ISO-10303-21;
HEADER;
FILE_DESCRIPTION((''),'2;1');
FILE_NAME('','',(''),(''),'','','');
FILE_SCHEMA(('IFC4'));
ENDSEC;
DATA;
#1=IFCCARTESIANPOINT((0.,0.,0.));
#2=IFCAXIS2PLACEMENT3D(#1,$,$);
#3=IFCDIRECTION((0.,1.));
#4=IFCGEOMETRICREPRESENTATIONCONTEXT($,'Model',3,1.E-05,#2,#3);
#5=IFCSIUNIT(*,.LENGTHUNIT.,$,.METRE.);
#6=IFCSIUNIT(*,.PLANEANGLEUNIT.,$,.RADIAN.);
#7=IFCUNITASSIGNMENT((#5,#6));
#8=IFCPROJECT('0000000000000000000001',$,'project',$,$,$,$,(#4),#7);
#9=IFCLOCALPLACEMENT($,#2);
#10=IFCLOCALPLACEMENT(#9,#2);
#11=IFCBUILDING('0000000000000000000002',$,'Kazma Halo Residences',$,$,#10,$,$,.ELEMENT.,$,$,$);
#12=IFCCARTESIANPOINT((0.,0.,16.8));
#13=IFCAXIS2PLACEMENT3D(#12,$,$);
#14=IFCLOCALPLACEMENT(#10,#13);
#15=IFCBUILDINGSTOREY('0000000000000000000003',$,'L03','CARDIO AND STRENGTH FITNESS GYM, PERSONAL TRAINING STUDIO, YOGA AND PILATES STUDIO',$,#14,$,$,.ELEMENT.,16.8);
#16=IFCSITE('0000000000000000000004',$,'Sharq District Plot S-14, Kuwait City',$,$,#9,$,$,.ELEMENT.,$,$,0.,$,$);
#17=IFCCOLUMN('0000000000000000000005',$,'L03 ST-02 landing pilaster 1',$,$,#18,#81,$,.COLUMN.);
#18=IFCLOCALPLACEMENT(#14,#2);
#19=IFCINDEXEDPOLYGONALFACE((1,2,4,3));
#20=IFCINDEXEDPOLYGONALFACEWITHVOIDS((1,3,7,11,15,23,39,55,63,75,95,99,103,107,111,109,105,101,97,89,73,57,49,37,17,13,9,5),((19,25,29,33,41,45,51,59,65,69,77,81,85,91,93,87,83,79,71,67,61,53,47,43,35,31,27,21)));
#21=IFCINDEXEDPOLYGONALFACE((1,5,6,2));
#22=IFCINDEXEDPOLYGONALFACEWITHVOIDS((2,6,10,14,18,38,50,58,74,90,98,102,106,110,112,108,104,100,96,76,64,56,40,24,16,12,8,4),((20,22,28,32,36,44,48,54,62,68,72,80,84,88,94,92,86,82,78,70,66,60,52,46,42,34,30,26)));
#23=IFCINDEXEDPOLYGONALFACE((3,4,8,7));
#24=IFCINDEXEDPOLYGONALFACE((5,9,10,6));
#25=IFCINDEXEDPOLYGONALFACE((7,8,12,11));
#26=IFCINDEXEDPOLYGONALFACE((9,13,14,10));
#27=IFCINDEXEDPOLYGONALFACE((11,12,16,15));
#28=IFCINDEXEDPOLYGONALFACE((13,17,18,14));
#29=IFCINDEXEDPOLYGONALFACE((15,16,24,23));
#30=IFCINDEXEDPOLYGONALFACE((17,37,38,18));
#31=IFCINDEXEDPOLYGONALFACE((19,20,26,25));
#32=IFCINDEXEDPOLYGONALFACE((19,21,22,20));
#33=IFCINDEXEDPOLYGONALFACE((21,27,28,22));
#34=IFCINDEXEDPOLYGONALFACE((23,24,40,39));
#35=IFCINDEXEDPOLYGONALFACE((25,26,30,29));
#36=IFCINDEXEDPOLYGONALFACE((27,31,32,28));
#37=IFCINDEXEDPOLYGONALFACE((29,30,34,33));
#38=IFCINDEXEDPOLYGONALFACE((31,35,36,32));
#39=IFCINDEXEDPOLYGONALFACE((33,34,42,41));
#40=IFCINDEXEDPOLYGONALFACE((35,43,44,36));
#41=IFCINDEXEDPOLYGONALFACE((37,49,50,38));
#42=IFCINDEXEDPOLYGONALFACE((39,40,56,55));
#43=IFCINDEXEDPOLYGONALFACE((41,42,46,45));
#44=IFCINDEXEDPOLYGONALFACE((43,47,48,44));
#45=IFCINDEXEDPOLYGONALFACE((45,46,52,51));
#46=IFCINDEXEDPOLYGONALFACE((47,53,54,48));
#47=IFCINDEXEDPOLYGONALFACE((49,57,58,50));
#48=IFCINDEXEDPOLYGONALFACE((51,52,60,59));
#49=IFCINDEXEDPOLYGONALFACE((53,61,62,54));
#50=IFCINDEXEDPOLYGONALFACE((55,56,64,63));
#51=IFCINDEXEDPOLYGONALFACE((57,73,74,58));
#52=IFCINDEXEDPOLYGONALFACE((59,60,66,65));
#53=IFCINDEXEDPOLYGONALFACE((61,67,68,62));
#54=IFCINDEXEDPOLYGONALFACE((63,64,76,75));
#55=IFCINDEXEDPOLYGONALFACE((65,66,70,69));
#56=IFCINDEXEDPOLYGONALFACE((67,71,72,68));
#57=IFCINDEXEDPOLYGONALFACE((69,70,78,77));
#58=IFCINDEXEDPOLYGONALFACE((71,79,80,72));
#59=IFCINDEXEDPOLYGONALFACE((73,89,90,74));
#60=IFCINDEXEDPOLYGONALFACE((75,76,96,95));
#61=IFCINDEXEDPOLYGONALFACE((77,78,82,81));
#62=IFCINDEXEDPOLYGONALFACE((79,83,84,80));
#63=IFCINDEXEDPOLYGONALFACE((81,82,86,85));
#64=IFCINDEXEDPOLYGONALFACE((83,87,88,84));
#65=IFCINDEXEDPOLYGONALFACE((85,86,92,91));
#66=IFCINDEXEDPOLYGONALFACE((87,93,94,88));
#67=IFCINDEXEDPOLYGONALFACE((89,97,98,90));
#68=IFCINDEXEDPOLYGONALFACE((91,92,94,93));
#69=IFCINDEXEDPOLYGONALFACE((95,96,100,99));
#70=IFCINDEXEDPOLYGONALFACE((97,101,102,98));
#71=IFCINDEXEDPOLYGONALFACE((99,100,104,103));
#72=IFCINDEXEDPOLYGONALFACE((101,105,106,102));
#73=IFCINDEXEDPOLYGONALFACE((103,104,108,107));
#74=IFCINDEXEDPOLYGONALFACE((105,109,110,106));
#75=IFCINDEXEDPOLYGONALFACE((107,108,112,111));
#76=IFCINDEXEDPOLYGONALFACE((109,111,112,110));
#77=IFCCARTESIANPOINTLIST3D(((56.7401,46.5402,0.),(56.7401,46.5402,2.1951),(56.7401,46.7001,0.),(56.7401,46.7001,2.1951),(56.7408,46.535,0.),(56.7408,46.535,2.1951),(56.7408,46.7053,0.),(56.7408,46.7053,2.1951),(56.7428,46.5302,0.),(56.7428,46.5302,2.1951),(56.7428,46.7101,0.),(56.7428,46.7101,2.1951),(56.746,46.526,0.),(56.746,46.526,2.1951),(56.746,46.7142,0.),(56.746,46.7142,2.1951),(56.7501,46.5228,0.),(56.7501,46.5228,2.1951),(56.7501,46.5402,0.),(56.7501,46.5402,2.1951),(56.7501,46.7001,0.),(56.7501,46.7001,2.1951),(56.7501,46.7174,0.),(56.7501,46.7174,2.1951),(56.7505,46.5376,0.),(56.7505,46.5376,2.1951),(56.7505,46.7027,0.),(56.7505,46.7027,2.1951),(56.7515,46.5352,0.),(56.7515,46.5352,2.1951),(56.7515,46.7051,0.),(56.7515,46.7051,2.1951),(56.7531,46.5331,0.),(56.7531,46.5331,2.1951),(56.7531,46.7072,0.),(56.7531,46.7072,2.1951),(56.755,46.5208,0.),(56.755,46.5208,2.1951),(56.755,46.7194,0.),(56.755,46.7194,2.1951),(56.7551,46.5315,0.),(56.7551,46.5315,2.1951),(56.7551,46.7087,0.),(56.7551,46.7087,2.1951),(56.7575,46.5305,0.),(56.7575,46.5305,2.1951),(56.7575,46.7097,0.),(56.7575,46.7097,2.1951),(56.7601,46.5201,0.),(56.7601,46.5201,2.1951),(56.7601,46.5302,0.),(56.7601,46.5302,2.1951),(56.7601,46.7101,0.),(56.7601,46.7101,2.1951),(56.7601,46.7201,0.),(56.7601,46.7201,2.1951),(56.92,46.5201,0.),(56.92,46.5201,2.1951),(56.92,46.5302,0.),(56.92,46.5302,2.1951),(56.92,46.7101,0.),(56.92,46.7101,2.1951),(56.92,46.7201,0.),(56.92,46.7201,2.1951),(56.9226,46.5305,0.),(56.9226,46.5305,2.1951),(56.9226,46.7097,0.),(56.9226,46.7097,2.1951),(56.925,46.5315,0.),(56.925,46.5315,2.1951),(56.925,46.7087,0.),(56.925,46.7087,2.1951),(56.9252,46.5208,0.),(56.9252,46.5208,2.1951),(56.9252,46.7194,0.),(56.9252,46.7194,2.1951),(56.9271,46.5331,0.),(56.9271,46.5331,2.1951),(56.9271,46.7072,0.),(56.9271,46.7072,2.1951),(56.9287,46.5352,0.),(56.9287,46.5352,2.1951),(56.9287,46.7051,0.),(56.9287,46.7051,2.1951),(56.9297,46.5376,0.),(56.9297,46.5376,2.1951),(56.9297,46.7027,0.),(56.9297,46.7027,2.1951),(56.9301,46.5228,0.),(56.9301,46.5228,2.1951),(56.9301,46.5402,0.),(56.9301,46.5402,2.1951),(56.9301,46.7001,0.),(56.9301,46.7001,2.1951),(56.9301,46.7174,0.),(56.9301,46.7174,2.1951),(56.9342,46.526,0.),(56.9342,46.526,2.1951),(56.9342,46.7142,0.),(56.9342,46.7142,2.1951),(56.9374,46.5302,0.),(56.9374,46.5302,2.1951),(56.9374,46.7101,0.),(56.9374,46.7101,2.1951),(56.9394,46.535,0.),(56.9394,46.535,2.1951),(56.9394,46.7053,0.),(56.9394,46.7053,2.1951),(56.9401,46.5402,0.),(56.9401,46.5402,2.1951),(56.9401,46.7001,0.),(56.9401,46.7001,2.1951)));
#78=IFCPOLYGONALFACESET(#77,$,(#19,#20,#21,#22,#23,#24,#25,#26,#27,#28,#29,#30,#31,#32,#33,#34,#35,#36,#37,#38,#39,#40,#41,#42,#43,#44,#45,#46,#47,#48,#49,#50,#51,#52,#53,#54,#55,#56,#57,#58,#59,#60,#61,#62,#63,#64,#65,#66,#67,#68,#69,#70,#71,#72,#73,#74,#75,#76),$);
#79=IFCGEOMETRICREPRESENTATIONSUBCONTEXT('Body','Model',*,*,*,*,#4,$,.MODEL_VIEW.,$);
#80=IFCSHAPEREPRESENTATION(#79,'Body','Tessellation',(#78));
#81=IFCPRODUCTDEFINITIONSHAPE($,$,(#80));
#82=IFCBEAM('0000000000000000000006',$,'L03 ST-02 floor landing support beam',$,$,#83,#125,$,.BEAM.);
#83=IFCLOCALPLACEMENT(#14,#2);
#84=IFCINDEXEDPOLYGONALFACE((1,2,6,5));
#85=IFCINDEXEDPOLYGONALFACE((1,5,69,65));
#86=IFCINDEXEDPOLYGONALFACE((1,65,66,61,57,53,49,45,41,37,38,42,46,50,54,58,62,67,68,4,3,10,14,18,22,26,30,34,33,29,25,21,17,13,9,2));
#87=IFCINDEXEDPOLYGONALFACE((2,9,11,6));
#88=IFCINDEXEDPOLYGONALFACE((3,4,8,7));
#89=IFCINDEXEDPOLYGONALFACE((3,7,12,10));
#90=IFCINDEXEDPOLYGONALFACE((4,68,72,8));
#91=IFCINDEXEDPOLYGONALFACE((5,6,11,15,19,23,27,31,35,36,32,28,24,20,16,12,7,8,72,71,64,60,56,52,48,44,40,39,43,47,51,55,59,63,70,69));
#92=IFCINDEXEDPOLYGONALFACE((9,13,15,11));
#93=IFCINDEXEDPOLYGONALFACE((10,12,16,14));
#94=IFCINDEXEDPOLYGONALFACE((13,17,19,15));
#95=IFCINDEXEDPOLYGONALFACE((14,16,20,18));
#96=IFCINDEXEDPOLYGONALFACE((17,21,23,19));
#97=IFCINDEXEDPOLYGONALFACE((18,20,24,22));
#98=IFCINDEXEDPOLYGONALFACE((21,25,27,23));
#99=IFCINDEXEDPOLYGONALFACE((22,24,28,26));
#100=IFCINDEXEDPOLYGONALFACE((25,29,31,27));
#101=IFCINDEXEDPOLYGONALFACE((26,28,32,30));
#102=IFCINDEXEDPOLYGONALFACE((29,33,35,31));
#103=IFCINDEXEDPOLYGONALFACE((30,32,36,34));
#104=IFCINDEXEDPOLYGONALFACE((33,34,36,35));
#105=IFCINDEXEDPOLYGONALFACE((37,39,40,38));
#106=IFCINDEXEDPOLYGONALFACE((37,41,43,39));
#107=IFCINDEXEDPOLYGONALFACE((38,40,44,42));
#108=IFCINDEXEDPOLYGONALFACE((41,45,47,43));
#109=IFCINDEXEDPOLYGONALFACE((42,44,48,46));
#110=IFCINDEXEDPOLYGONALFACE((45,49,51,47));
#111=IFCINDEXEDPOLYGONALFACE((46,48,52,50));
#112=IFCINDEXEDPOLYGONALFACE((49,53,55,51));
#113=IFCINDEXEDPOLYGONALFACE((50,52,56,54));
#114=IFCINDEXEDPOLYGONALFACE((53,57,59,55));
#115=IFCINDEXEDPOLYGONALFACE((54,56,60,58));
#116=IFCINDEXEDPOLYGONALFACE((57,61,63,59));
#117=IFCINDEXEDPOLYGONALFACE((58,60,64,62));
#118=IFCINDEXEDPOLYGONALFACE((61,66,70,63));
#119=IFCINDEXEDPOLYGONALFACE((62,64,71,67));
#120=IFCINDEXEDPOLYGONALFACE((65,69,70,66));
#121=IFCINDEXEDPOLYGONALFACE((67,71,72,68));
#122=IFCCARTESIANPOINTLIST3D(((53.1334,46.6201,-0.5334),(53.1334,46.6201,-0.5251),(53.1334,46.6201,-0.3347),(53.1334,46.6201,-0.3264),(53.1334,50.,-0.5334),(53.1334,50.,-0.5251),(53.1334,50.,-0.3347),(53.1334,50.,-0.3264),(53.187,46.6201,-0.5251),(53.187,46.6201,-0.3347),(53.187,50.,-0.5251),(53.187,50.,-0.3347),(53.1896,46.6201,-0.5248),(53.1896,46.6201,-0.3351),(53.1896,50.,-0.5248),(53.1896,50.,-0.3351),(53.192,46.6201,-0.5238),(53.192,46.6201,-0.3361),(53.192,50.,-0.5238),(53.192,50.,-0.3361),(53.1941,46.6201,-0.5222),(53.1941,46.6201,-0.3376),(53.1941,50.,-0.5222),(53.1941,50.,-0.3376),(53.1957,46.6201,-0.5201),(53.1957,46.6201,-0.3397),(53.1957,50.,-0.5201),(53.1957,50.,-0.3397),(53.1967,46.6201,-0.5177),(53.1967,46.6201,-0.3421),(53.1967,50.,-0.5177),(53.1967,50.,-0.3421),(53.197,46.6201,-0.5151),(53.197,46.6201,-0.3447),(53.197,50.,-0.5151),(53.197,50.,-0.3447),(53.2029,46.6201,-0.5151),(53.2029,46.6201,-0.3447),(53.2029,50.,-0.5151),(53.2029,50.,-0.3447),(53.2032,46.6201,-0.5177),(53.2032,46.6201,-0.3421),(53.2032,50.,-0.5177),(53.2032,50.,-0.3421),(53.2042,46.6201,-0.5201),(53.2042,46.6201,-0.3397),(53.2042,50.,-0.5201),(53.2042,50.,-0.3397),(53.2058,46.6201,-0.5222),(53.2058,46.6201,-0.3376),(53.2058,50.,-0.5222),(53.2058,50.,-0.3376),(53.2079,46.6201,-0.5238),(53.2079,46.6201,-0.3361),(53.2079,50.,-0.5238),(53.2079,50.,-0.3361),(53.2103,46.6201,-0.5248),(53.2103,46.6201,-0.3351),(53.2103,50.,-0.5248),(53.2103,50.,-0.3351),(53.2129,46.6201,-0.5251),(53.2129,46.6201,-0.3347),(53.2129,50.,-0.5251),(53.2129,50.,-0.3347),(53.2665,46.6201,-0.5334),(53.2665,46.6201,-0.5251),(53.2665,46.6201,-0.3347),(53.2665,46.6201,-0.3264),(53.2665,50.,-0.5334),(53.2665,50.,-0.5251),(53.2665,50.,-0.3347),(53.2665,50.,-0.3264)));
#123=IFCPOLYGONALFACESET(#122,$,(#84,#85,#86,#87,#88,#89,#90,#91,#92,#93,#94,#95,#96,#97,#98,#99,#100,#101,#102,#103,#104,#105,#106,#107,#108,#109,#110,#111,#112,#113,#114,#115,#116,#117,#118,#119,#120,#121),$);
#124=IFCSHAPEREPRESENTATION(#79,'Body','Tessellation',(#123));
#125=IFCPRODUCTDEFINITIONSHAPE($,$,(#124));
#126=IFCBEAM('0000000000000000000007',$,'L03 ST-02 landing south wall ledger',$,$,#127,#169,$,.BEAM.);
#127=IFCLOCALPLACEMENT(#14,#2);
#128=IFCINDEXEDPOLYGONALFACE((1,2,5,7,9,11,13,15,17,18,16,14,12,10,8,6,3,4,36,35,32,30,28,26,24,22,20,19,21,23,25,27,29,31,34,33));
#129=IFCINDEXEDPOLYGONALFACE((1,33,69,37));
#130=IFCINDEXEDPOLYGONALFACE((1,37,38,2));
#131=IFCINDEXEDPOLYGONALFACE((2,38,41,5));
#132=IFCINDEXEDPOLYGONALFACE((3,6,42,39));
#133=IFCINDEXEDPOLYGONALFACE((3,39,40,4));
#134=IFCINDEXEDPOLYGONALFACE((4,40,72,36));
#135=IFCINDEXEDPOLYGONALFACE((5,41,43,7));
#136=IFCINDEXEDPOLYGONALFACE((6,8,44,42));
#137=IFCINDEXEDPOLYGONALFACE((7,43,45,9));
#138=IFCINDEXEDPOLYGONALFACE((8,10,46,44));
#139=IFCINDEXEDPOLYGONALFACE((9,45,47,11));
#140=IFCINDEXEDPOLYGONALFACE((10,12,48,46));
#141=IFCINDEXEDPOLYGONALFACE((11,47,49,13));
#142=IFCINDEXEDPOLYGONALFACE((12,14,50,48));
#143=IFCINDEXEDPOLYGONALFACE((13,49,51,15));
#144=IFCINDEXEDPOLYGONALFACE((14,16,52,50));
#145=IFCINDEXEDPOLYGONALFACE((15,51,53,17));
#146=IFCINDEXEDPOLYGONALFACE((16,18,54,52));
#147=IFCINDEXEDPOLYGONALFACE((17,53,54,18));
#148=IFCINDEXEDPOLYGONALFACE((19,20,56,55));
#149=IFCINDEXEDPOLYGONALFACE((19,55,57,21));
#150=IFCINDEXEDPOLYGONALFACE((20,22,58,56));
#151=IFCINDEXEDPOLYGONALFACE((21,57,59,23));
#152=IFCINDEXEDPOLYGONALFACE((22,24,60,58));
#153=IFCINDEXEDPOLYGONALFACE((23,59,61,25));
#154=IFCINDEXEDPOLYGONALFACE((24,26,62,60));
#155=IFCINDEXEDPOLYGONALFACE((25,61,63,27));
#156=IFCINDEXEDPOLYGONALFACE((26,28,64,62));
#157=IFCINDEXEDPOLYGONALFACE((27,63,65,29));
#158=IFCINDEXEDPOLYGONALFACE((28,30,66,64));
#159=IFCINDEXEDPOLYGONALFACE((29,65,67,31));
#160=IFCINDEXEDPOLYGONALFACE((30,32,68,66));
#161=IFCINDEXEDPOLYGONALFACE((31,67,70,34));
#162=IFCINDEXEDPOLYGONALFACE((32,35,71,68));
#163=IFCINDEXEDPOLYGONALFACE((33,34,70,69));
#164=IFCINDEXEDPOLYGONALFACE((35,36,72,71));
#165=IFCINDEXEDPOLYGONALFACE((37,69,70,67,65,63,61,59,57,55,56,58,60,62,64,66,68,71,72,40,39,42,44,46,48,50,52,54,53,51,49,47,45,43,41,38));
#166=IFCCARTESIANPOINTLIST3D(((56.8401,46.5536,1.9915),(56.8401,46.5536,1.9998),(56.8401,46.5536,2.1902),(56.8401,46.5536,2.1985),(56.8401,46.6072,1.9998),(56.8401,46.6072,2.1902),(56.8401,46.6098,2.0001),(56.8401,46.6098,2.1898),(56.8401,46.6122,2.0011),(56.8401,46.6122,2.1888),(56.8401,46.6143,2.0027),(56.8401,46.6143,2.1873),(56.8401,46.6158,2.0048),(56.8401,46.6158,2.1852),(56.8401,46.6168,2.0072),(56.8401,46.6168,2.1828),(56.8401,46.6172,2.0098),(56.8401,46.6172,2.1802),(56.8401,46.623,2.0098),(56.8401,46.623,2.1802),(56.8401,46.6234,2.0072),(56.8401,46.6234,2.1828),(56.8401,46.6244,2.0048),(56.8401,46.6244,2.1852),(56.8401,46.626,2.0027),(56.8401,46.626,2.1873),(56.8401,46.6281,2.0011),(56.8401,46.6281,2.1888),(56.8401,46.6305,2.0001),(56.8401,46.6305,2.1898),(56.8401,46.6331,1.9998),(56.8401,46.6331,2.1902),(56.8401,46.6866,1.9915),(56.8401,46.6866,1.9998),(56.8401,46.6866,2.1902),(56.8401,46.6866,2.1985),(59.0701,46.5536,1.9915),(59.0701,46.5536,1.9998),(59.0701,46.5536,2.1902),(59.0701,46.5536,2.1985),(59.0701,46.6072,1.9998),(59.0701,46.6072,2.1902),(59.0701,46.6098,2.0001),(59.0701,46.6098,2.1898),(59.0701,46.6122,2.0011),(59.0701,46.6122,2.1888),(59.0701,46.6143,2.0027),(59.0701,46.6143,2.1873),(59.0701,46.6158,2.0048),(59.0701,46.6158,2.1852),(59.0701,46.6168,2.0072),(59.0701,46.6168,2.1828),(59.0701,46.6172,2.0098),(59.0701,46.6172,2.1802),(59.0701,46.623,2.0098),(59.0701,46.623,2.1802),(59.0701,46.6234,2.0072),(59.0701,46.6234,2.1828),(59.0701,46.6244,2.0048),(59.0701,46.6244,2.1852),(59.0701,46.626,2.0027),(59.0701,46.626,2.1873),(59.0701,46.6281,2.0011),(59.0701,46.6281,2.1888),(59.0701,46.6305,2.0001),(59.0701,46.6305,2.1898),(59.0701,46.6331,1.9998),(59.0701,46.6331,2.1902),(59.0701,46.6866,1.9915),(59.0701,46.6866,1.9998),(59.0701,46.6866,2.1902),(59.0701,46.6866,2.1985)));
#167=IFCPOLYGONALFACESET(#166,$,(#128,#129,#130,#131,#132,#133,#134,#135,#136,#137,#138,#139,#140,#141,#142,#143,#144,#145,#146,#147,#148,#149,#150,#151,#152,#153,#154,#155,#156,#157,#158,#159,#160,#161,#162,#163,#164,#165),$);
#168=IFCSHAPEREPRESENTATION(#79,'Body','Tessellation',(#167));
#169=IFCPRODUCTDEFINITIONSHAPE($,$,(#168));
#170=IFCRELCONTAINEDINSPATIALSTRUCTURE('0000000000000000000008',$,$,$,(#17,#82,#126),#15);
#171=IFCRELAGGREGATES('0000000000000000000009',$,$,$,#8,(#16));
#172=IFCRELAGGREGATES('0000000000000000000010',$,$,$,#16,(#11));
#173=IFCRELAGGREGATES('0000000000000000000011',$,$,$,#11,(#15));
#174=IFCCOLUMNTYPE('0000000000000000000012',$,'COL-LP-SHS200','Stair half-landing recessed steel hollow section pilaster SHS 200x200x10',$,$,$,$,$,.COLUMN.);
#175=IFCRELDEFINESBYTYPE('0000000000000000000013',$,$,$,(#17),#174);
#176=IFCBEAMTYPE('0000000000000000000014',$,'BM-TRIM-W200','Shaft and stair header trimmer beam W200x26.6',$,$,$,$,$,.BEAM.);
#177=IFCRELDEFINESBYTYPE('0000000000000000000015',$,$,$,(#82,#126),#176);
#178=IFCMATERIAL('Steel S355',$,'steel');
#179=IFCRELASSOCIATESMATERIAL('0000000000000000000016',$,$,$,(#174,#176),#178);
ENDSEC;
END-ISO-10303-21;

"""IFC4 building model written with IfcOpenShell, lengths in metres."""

from ifc_helpers import new_model, si_unit, direction, frame, origin, origin_2d, place, context, subcontext, project, spatial, hollow_rectangle, i_section, extrude, material, material_profile, profile_set, type_object, element, save


model = new_model("IFC4")

# Units and contexts
model_context = context("Model", 3, precision=1e-05, world=origin(), true_north=direction((0.0, 1.0)))
body_context = subcontext(model_context, "Body", "Model", "MODEL_VIEW")
ifc_project = project(units=[si_unit("LENGTHUNIT", "METRE"), si_unit("PLANEANGLEUNIT", "RADIAN")], contexts=[model_context])

# Site, building, storey
site_placement = place(None, origin())
site = spatial("IfcSite", under=ifc_project, at=site_placement, Name="Sharq District Plot S-14, Kuwait City", CompositionType="ELEMENT", RefElevation=0.0)
building_placement = place(site_placement, origin())
building = spatial("IfcBuilding", under=site, at=building_placement, Name="Kazma Halo Residences", CompositionType="ELEMENT")
storey_placement = place(building_placement, frame((0.0, 0.0, 16.8)))
storey = spatial("IfcBuildingStorey", under=building, at=storey_placement, Name="L03", Description="CARDIO AND STRENGTH FITNESS GYM, PERSONAL TRAINING STUDIO, YOGA AND PILATES STUDIO", CompositionType="ELEMENT", Elevation=16.8)

# Column
ifc_material_1 = material(Name="Steel S355", Category="steel")
ifc_material_profile_1 = material_profile(ifc_material_1, hollow_rectangle(XDim=0.2, YDim=0.2, WallThickness=0.01, InnerFilletRadius=0.01, OuterFilletRadius=0.02, at=origin_2d()), Name="SHS200x200x10")
ifc_profile_set_1 = profile_set([ifc_material_profile_1], Name="Steel S355")
column_type = type_object("IfcColumnType", Name="COL-LP-SHS200", Description="Stair half-landing recessed steel hollow section pilaster SHS 200x200x10", PredefinedType="COLUMN", material=ifc_profile_set_1)
column_placement = place(storey_placement, frame((56.8401, 46.6201, 0.0), z_axis=(0.0, 0.0, 1.0), x_axis=(1.0, 0.0, 0.0)))
element("IfcColumn", 1, at=column_placement, inside=storey, type_object=column_type, Name="L03 ST-02 landing pilaster 1", PredefinedType="COLUMN", context=body_context, shape_type="SweptSolid", body=[
    extrude(hollow_rectangle(XDim=0.2, YDim=0.2, WallThickness=0.01, InnerFilletRadius=0.01, OuterFilletRadius=0.02, at=origin_2d()), origin(), (0.0, 0.0, 1.0), 2.1951),
])

# Beams
ifc_material_profile_2 = material_profile(ifc_material_1, i_section(OverallWidth=0.1331, OverallDepth=0.207, WebThickness=0.0059, FlangeThickness=0.0083, FilletRadius=0.01, at=origin_2d()), Name="W200x26.6")
ifc_profile_set_2 = profile_set([ifc_material_profile_2], Name="Steel S355")
beam_type = type_object("IfcBeamType", Name="BM-TRIM-W200", Description="Shaft and stair header trimmer beam W200x26.6", PredefinedType="BEAM", material=ifc_profile_set_2)
beam_1_placement = place(storey_placement, frame((53.2, 46.6201, -0.4299), z_axis=(0.0, 1.0, 0.0), x_axis=(-1.0, 0.0, 0.0)))
element("IfcBeam", 2, at=beam_1_placement, inside=storey, type_object=beam_type, Name="L03 ST-02 floor landing support beam", PredefinedType="BEAM", context=body_context, shape_type="SweptSolid", body=[
    extrude(i_section(OverallWidth=0.1331, OverallDepth=0.207, WebThickness=0.0059, FlangeThickness=0.0083, FilletRadius=0.01, at=origin_2d()), origin(), (0.0, 0.0, 1.0), 3.3799),
])
beam_2_placement = place(storey_placement, frame((56.8401, 46.6201, 2.095), z_axis=(1.0, 0.0, 0.0), x_axis=(0.0, 1.0, 0.0)))
element("IfcBeam", 3, at=beam_2_placement, inside=storey, type_object=beam_type, Name="L03 ST-02 landing south wall ledger", PredefinedType="BEAM", context=body_context, shape_type="SweptSolid", body=[
    extrude(i_section(OverallWidth=0.1331, OverallDepth=0.207, WebThickness=0.0059, FlangeThickness=0.0083, FilletRadius=0.01, at=origin_2d()), origin(), (0.0, 0.0, 1.0), 2.23),
])

save(model, "model.ifc")
